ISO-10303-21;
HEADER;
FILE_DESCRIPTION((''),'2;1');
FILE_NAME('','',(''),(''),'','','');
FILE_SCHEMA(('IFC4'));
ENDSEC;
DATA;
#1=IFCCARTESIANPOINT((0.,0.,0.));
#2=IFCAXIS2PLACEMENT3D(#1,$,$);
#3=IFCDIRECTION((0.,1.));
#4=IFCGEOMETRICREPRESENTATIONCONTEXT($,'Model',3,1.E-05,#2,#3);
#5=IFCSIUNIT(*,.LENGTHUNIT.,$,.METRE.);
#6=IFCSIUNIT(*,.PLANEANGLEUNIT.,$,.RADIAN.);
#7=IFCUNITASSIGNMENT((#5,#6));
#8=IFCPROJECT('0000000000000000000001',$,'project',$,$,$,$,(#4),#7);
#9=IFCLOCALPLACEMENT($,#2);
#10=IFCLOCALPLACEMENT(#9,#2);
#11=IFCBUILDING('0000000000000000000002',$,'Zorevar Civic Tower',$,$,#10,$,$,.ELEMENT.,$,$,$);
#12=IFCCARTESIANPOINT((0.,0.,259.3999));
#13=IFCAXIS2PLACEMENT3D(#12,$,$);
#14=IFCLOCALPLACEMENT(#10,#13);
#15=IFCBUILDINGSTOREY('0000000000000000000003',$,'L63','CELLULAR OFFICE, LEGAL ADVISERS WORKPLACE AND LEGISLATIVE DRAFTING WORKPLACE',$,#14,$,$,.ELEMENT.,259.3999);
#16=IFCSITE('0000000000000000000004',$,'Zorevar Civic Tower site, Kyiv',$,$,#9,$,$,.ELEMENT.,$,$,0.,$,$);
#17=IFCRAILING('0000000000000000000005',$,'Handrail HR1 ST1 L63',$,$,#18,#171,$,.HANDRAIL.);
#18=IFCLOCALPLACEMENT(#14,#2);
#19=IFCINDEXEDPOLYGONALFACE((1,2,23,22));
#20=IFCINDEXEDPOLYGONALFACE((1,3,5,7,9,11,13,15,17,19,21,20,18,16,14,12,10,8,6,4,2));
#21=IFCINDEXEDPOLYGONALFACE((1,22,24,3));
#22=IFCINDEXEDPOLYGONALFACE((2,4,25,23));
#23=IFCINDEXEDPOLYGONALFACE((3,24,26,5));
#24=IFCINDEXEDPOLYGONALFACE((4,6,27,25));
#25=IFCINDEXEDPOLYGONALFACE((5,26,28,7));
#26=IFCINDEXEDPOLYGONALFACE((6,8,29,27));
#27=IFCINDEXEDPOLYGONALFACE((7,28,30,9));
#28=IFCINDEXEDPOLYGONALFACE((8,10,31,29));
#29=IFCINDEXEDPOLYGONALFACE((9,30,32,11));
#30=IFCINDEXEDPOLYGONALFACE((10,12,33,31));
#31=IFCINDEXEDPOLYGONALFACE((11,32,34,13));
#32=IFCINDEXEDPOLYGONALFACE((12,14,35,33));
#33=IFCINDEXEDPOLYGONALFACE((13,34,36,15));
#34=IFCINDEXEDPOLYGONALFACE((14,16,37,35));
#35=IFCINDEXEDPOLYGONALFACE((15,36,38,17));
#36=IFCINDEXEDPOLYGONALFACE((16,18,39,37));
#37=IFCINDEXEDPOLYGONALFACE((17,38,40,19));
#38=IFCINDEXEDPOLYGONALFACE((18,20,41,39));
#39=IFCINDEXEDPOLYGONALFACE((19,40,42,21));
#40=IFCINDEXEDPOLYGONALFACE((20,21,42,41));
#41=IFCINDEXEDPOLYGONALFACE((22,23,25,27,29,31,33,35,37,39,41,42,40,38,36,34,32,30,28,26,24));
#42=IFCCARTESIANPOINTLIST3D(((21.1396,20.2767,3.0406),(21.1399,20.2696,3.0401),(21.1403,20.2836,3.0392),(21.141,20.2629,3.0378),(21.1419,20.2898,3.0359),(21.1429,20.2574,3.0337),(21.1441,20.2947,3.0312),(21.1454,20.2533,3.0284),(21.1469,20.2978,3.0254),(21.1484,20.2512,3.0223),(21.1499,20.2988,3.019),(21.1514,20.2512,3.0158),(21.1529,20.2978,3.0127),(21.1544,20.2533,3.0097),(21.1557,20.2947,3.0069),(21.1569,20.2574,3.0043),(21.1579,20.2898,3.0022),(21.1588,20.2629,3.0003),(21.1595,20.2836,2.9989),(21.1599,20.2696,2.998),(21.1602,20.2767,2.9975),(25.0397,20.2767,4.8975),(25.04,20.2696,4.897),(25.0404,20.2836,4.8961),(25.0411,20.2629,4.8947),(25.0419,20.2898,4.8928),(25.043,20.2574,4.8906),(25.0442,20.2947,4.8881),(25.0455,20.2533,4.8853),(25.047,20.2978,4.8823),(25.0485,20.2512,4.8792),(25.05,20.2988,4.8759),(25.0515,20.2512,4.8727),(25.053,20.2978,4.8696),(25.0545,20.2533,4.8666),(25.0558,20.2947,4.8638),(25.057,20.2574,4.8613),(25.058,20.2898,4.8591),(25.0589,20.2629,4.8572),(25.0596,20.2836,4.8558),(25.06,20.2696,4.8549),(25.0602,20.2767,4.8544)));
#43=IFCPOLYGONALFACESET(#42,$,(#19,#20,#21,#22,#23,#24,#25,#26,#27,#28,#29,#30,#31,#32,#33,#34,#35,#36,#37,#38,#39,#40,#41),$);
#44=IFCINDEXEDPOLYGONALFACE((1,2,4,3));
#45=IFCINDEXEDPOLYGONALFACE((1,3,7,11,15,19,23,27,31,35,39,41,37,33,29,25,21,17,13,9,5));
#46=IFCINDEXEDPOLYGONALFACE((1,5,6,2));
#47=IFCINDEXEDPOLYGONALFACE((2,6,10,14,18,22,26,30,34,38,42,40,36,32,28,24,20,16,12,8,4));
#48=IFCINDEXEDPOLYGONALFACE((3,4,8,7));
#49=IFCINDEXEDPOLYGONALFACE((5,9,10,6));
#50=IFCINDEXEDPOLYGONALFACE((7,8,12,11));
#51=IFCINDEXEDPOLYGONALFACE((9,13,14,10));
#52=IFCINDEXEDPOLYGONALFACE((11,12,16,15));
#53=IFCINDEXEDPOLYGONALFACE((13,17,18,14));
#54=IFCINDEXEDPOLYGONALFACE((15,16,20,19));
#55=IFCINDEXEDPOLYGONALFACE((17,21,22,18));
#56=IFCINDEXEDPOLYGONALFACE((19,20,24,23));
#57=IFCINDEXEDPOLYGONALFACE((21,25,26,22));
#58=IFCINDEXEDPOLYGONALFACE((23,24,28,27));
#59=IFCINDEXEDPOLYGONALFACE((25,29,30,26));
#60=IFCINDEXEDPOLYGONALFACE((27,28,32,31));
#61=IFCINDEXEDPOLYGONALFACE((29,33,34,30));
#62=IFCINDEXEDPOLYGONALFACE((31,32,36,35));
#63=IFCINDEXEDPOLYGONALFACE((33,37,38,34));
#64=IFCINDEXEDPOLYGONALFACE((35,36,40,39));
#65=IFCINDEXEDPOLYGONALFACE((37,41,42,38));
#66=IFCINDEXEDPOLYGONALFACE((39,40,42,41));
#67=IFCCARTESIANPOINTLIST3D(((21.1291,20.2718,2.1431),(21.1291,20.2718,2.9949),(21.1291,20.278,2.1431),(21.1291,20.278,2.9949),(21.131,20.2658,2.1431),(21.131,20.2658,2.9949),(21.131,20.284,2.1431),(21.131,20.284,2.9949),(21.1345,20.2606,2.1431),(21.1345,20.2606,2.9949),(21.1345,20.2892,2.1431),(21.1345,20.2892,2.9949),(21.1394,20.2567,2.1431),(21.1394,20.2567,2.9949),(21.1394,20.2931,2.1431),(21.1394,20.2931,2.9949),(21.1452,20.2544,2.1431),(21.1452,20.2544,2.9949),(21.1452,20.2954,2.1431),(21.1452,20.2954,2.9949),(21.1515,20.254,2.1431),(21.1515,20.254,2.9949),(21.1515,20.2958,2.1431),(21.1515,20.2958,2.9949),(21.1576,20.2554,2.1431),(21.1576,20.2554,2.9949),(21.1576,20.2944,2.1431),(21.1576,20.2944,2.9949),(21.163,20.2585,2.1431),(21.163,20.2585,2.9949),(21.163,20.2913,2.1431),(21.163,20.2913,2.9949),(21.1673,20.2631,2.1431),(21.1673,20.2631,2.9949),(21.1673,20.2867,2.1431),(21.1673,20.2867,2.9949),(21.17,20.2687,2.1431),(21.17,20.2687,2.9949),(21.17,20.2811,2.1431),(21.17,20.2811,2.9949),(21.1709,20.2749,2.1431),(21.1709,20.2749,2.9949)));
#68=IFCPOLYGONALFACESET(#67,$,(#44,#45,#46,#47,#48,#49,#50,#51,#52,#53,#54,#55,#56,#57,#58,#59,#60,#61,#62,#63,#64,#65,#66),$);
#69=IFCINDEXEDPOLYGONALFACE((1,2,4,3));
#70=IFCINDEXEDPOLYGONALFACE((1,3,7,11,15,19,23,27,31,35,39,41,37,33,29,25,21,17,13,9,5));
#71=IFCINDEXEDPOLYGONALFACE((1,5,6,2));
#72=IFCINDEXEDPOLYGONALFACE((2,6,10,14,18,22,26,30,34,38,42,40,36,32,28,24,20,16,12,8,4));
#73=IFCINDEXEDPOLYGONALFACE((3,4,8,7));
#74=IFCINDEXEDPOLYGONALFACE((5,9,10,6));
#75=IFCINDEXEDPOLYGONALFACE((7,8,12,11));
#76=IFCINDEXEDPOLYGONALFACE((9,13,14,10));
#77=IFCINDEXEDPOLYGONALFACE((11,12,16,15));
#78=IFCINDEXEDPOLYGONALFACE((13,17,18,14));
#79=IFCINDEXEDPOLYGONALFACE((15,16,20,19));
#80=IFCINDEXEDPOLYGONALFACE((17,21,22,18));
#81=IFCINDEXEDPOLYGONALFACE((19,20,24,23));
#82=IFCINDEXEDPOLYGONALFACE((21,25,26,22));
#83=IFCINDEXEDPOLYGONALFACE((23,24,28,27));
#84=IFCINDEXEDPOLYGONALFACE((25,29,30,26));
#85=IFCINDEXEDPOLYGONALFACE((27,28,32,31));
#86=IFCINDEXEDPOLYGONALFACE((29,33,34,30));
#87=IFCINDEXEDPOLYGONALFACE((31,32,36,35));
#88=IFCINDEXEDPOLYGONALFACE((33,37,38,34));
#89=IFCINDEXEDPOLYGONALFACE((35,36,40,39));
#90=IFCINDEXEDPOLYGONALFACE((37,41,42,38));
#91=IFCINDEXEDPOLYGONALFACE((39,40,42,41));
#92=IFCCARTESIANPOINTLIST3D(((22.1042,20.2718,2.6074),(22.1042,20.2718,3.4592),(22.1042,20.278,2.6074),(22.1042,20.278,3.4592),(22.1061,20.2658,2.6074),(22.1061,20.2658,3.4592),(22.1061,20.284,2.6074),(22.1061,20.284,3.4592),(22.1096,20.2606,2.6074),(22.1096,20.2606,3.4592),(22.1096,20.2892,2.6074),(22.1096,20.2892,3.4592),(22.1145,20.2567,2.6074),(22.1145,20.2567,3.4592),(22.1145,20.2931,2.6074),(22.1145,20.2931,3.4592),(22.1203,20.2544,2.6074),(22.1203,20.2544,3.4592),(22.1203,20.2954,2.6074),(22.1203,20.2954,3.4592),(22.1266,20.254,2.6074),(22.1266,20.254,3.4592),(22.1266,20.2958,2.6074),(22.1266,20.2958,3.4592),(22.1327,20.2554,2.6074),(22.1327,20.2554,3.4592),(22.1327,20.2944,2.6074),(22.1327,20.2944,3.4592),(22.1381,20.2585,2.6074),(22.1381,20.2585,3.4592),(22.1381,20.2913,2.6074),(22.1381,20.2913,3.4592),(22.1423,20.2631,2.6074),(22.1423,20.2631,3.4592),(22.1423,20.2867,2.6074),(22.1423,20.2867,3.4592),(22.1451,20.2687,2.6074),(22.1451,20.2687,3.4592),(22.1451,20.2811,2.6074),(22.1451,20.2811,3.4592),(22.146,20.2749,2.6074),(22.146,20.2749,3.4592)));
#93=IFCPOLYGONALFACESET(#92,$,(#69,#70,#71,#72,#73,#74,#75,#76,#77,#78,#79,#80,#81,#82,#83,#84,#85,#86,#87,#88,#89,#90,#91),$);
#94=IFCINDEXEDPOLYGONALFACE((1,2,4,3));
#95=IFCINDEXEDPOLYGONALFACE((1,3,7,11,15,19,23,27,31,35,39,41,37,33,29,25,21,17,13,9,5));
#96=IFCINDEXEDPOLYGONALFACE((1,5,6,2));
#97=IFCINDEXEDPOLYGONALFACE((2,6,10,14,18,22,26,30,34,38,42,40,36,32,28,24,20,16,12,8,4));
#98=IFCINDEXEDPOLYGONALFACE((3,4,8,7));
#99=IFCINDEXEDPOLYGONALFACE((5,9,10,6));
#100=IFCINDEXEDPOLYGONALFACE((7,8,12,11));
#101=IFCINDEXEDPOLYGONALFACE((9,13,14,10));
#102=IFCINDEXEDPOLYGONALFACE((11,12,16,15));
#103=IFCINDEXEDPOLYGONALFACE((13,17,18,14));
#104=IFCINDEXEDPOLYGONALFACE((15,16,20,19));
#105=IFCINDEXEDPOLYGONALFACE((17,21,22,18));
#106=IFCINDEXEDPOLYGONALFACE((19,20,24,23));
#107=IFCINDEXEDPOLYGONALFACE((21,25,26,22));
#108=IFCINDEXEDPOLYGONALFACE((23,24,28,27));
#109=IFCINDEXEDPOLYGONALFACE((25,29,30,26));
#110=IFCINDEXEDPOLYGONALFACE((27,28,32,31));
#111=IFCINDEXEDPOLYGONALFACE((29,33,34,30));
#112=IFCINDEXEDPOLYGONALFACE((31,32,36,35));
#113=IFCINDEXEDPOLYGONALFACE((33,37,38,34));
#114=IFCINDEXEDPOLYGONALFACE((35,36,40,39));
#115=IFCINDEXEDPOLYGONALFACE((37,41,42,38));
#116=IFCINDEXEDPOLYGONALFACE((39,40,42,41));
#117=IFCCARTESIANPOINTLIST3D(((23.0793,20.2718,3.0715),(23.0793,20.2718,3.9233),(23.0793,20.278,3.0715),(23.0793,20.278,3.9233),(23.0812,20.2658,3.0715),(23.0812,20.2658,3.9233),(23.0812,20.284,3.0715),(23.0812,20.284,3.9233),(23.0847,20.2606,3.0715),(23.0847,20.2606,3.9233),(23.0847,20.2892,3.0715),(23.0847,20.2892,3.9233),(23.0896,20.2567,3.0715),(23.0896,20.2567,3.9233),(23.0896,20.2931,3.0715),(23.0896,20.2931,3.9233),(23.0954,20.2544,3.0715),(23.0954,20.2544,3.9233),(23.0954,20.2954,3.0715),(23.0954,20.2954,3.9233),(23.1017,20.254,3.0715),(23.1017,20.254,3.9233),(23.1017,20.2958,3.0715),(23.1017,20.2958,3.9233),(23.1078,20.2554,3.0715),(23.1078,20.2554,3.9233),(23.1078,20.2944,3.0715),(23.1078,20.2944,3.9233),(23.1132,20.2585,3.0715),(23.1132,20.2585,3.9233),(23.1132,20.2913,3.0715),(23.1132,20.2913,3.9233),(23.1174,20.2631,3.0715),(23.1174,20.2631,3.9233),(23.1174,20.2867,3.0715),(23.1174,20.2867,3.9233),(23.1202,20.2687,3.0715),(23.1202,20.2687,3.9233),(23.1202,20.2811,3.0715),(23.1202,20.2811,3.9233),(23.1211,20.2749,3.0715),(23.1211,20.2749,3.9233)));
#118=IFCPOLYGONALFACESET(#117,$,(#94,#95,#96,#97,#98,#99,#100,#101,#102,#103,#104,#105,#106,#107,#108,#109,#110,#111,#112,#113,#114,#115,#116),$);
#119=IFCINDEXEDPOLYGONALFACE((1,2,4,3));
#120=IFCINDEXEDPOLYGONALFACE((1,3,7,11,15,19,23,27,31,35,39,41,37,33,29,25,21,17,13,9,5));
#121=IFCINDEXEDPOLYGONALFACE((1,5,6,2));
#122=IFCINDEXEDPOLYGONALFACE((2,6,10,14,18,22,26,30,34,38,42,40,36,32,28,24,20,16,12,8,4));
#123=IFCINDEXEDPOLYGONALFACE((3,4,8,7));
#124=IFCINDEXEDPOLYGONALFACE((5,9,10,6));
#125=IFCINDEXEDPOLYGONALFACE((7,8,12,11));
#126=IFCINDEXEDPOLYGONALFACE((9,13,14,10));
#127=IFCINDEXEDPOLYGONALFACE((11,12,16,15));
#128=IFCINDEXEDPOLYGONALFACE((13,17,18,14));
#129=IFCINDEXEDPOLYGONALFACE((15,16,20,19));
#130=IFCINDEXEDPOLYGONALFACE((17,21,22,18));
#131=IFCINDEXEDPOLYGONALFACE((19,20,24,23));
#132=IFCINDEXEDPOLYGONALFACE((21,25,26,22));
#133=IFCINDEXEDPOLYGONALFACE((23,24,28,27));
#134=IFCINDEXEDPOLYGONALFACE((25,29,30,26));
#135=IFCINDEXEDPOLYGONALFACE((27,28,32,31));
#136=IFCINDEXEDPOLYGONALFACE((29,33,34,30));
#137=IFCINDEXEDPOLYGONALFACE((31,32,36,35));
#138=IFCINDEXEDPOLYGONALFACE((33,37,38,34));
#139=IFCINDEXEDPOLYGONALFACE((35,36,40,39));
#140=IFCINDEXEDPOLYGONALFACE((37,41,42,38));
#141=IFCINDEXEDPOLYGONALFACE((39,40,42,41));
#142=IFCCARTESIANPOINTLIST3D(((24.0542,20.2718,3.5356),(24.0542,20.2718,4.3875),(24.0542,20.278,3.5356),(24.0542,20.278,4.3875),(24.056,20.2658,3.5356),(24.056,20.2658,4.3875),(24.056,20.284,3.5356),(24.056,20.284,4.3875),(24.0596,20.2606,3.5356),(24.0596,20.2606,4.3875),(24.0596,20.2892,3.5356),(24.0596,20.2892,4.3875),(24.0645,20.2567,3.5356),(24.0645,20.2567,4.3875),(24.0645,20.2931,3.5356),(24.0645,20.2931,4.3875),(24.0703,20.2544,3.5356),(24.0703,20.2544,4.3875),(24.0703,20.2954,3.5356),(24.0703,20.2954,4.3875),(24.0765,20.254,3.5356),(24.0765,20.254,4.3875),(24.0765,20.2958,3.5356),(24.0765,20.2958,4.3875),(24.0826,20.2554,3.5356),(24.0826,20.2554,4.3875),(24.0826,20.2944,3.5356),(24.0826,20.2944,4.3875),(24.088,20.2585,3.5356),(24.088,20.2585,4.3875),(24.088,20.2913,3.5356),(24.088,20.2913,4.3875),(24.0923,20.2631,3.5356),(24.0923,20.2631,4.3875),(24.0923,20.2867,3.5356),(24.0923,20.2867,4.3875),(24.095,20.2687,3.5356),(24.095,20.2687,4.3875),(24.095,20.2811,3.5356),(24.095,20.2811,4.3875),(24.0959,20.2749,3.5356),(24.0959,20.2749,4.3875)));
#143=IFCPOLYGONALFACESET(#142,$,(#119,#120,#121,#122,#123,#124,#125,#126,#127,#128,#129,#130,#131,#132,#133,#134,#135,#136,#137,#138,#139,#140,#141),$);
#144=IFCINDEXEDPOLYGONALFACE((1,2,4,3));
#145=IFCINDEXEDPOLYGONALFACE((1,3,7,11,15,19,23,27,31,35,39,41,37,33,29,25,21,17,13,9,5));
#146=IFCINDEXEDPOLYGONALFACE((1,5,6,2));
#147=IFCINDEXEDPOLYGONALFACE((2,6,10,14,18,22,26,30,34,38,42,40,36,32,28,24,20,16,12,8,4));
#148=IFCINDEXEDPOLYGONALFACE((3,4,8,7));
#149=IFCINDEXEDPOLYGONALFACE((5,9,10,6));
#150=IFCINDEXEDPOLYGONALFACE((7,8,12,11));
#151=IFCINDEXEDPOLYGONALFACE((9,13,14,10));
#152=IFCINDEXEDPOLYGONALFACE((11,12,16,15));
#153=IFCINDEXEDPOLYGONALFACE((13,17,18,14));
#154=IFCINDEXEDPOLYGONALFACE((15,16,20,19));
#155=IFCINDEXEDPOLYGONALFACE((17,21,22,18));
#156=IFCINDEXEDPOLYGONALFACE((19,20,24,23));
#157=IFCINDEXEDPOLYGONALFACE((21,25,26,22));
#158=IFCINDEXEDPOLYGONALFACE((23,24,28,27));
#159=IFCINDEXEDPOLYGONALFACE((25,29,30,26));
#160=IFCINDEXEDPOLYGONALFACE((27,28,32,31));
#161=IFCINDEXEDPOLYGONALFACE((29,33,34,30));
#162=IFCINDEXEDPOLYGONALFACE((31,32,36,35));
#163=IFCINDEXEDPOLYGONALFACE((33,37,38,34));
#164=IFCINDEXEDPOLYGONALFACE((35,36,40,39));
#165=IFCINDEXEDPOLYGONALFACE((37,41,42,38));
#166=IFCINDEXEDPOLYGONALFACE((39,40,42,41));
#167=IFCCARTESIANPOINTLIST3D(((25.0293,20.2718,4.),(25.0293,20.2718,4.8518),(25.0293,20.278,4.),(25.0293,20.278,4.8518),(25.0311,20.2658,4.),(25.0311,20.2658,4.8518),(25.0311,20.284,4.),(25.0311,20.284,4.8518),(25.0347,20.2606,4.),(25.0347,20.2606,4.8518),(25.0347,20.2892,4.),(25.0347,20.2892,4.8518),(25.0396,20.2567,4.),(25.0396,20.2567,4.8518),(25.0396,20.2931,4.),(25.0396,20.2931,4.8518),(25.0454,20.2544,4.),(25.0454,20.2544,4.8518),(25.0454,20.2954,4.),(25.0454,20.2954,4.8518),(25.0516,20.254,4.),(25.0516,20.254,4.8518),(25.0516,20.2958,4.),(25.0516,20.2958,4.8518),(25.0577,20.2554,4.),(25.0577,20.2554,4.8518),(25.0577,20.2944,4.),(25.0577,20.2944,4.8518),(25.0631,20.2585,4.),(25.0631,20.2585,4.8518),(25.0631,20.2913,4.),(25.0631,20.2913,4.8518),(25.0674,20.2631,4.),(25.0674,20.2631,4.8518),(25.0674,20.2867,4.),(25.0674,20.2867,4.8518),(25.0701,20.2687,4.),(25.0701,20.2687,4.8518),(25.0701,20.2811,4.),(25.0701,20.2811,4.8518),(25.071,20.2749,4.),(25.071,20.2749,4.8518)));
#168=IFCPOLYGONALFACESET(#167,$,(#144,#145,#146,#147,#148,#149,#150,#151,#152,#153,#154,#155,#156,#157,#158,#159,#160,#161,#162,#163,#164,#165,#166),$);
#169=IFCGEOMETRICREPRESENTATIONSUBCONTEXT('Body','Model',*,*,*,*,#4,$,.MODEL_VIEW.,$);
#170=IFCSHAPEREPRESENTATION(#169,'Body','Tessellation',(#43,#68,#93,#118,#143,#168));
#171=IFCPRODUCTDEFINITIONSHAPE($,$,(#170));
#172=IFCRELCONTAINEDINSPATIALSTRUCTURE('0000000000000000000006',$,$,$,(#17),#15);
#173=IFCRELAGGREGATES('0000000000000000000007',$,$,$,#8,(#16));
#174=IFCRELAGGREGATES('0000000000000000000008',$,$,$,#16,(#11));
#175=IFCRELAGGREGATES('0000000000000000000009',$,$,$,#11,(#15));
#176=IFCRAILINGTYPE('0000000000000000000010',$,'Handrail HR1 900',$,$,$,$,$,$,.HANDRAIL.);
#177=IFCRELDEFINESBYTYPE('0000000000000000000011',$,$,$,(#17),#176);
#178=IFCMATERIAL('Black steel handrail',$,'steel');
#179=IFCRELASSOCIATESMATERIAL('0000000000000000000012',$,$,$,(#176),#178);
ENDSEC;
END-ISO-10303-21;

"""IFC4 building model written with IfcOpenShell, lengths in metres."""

from ifc_helpers import new_model, si_unit, direction, frame, origin, origin_2d, place, context, subcontext, project, spatial, circle, extrude, material, type_object, element, save


model = new_model("IFC4")

# Units and contexts
model_context = context("Model", 3, precision=1e-05, world=origin(), true_north=direction((0.0, 1.0)))
body_context = subcontext(model_context, "Body", "Model", "MODEL_VIEW")
ifc_project = project(units=[si_unit("LENGTHUNIT", "METRE"), si_unit("PLANEANGLEUNIT", "RADIAN")], contexts=[model_context])

# Site, building, storey
site_placement = place(None, origin())
site = spatial("IfcSite", under=ifc_project, at=site_placement, Name="Zorevar Civic Tower site, Kyiv", CompositionType="ELEMENT", RefElevation=0.0)
building_placement = place(site_placement, origin())
building = spatial("IfcBuilding", under=site, at=building_placement, Name="Zorevar Civic Tower", CompositionType="ELEMENT")
storey_placement = place(building_placement, frame((0.0, 0.0, 259.3999)))
storey = spatial("IfcBuildingStorey", under=building, at=storey_placement, Name="L63", Description="CELLULAR OFFICE, LEGAL ADVISERS WORKPLACE AND LEGISLATIVE DRAFTING WORKPLACE", CompositionType="ELEMENT", Elevation=259.3999)

# Railing
ifc_material_1 = material(Name="Black steel handrail", Category="steel")
railing_type = type_object("IfcRailingType", Name="Handrail HR1 900", PredefinedType="HANDRAIL", material=ifc_material_1)
railing_placement = place(storey_placement, frame((21.1499, 20.2749, 2.1431)))
element("IfcRailing", 1, at=railing_placement, inside=storey, type_object=railing_type, Name="Handrail HR1 ST1 L63", PredefinedType="HANDRAIL", context=body_context, shape_type="SweptSolid", body=[
    extrude(circle(Radius=0.0239, at=origin_2d()), frame((0.0, 0.0, 0.876), z_axis=(0.902886, 0.0, 0.429881), x_axis=(0.0, 1.0, 0.0)), (0.0, 0.0, 1.0), 4.3196),
    extrude(circle(Radius=0.021, at=origin_2d()), origin(), (0.0, 0.0, 1.0), 0.8518),
    extrude(circle(Radius=0.021, at=origin_2d()), frame((0.9751, 0.0, 0.4644)), (0.0, 0.0, 1.0), 0.8518),
    extrude(circle(Radius=0.021, at=origin_2d()), frame((1.9502, 0.0, 0.9285)), (0.0, 0.0, 1.0), 0.8518),
    extrude(circle(Radius=0.021, at=origin_2d()), frame((2.925, 0.0, 1.3926)), (0.0, 0.0, 1.0), 0.8518),
    extrude(circle(Radius=0.021, at=origin_2d()), frame((3.9001, 0.0, 1.8569)), (0.0, 0.0, 1.0), 0.8518),
])

save(model, "model.ifc")
